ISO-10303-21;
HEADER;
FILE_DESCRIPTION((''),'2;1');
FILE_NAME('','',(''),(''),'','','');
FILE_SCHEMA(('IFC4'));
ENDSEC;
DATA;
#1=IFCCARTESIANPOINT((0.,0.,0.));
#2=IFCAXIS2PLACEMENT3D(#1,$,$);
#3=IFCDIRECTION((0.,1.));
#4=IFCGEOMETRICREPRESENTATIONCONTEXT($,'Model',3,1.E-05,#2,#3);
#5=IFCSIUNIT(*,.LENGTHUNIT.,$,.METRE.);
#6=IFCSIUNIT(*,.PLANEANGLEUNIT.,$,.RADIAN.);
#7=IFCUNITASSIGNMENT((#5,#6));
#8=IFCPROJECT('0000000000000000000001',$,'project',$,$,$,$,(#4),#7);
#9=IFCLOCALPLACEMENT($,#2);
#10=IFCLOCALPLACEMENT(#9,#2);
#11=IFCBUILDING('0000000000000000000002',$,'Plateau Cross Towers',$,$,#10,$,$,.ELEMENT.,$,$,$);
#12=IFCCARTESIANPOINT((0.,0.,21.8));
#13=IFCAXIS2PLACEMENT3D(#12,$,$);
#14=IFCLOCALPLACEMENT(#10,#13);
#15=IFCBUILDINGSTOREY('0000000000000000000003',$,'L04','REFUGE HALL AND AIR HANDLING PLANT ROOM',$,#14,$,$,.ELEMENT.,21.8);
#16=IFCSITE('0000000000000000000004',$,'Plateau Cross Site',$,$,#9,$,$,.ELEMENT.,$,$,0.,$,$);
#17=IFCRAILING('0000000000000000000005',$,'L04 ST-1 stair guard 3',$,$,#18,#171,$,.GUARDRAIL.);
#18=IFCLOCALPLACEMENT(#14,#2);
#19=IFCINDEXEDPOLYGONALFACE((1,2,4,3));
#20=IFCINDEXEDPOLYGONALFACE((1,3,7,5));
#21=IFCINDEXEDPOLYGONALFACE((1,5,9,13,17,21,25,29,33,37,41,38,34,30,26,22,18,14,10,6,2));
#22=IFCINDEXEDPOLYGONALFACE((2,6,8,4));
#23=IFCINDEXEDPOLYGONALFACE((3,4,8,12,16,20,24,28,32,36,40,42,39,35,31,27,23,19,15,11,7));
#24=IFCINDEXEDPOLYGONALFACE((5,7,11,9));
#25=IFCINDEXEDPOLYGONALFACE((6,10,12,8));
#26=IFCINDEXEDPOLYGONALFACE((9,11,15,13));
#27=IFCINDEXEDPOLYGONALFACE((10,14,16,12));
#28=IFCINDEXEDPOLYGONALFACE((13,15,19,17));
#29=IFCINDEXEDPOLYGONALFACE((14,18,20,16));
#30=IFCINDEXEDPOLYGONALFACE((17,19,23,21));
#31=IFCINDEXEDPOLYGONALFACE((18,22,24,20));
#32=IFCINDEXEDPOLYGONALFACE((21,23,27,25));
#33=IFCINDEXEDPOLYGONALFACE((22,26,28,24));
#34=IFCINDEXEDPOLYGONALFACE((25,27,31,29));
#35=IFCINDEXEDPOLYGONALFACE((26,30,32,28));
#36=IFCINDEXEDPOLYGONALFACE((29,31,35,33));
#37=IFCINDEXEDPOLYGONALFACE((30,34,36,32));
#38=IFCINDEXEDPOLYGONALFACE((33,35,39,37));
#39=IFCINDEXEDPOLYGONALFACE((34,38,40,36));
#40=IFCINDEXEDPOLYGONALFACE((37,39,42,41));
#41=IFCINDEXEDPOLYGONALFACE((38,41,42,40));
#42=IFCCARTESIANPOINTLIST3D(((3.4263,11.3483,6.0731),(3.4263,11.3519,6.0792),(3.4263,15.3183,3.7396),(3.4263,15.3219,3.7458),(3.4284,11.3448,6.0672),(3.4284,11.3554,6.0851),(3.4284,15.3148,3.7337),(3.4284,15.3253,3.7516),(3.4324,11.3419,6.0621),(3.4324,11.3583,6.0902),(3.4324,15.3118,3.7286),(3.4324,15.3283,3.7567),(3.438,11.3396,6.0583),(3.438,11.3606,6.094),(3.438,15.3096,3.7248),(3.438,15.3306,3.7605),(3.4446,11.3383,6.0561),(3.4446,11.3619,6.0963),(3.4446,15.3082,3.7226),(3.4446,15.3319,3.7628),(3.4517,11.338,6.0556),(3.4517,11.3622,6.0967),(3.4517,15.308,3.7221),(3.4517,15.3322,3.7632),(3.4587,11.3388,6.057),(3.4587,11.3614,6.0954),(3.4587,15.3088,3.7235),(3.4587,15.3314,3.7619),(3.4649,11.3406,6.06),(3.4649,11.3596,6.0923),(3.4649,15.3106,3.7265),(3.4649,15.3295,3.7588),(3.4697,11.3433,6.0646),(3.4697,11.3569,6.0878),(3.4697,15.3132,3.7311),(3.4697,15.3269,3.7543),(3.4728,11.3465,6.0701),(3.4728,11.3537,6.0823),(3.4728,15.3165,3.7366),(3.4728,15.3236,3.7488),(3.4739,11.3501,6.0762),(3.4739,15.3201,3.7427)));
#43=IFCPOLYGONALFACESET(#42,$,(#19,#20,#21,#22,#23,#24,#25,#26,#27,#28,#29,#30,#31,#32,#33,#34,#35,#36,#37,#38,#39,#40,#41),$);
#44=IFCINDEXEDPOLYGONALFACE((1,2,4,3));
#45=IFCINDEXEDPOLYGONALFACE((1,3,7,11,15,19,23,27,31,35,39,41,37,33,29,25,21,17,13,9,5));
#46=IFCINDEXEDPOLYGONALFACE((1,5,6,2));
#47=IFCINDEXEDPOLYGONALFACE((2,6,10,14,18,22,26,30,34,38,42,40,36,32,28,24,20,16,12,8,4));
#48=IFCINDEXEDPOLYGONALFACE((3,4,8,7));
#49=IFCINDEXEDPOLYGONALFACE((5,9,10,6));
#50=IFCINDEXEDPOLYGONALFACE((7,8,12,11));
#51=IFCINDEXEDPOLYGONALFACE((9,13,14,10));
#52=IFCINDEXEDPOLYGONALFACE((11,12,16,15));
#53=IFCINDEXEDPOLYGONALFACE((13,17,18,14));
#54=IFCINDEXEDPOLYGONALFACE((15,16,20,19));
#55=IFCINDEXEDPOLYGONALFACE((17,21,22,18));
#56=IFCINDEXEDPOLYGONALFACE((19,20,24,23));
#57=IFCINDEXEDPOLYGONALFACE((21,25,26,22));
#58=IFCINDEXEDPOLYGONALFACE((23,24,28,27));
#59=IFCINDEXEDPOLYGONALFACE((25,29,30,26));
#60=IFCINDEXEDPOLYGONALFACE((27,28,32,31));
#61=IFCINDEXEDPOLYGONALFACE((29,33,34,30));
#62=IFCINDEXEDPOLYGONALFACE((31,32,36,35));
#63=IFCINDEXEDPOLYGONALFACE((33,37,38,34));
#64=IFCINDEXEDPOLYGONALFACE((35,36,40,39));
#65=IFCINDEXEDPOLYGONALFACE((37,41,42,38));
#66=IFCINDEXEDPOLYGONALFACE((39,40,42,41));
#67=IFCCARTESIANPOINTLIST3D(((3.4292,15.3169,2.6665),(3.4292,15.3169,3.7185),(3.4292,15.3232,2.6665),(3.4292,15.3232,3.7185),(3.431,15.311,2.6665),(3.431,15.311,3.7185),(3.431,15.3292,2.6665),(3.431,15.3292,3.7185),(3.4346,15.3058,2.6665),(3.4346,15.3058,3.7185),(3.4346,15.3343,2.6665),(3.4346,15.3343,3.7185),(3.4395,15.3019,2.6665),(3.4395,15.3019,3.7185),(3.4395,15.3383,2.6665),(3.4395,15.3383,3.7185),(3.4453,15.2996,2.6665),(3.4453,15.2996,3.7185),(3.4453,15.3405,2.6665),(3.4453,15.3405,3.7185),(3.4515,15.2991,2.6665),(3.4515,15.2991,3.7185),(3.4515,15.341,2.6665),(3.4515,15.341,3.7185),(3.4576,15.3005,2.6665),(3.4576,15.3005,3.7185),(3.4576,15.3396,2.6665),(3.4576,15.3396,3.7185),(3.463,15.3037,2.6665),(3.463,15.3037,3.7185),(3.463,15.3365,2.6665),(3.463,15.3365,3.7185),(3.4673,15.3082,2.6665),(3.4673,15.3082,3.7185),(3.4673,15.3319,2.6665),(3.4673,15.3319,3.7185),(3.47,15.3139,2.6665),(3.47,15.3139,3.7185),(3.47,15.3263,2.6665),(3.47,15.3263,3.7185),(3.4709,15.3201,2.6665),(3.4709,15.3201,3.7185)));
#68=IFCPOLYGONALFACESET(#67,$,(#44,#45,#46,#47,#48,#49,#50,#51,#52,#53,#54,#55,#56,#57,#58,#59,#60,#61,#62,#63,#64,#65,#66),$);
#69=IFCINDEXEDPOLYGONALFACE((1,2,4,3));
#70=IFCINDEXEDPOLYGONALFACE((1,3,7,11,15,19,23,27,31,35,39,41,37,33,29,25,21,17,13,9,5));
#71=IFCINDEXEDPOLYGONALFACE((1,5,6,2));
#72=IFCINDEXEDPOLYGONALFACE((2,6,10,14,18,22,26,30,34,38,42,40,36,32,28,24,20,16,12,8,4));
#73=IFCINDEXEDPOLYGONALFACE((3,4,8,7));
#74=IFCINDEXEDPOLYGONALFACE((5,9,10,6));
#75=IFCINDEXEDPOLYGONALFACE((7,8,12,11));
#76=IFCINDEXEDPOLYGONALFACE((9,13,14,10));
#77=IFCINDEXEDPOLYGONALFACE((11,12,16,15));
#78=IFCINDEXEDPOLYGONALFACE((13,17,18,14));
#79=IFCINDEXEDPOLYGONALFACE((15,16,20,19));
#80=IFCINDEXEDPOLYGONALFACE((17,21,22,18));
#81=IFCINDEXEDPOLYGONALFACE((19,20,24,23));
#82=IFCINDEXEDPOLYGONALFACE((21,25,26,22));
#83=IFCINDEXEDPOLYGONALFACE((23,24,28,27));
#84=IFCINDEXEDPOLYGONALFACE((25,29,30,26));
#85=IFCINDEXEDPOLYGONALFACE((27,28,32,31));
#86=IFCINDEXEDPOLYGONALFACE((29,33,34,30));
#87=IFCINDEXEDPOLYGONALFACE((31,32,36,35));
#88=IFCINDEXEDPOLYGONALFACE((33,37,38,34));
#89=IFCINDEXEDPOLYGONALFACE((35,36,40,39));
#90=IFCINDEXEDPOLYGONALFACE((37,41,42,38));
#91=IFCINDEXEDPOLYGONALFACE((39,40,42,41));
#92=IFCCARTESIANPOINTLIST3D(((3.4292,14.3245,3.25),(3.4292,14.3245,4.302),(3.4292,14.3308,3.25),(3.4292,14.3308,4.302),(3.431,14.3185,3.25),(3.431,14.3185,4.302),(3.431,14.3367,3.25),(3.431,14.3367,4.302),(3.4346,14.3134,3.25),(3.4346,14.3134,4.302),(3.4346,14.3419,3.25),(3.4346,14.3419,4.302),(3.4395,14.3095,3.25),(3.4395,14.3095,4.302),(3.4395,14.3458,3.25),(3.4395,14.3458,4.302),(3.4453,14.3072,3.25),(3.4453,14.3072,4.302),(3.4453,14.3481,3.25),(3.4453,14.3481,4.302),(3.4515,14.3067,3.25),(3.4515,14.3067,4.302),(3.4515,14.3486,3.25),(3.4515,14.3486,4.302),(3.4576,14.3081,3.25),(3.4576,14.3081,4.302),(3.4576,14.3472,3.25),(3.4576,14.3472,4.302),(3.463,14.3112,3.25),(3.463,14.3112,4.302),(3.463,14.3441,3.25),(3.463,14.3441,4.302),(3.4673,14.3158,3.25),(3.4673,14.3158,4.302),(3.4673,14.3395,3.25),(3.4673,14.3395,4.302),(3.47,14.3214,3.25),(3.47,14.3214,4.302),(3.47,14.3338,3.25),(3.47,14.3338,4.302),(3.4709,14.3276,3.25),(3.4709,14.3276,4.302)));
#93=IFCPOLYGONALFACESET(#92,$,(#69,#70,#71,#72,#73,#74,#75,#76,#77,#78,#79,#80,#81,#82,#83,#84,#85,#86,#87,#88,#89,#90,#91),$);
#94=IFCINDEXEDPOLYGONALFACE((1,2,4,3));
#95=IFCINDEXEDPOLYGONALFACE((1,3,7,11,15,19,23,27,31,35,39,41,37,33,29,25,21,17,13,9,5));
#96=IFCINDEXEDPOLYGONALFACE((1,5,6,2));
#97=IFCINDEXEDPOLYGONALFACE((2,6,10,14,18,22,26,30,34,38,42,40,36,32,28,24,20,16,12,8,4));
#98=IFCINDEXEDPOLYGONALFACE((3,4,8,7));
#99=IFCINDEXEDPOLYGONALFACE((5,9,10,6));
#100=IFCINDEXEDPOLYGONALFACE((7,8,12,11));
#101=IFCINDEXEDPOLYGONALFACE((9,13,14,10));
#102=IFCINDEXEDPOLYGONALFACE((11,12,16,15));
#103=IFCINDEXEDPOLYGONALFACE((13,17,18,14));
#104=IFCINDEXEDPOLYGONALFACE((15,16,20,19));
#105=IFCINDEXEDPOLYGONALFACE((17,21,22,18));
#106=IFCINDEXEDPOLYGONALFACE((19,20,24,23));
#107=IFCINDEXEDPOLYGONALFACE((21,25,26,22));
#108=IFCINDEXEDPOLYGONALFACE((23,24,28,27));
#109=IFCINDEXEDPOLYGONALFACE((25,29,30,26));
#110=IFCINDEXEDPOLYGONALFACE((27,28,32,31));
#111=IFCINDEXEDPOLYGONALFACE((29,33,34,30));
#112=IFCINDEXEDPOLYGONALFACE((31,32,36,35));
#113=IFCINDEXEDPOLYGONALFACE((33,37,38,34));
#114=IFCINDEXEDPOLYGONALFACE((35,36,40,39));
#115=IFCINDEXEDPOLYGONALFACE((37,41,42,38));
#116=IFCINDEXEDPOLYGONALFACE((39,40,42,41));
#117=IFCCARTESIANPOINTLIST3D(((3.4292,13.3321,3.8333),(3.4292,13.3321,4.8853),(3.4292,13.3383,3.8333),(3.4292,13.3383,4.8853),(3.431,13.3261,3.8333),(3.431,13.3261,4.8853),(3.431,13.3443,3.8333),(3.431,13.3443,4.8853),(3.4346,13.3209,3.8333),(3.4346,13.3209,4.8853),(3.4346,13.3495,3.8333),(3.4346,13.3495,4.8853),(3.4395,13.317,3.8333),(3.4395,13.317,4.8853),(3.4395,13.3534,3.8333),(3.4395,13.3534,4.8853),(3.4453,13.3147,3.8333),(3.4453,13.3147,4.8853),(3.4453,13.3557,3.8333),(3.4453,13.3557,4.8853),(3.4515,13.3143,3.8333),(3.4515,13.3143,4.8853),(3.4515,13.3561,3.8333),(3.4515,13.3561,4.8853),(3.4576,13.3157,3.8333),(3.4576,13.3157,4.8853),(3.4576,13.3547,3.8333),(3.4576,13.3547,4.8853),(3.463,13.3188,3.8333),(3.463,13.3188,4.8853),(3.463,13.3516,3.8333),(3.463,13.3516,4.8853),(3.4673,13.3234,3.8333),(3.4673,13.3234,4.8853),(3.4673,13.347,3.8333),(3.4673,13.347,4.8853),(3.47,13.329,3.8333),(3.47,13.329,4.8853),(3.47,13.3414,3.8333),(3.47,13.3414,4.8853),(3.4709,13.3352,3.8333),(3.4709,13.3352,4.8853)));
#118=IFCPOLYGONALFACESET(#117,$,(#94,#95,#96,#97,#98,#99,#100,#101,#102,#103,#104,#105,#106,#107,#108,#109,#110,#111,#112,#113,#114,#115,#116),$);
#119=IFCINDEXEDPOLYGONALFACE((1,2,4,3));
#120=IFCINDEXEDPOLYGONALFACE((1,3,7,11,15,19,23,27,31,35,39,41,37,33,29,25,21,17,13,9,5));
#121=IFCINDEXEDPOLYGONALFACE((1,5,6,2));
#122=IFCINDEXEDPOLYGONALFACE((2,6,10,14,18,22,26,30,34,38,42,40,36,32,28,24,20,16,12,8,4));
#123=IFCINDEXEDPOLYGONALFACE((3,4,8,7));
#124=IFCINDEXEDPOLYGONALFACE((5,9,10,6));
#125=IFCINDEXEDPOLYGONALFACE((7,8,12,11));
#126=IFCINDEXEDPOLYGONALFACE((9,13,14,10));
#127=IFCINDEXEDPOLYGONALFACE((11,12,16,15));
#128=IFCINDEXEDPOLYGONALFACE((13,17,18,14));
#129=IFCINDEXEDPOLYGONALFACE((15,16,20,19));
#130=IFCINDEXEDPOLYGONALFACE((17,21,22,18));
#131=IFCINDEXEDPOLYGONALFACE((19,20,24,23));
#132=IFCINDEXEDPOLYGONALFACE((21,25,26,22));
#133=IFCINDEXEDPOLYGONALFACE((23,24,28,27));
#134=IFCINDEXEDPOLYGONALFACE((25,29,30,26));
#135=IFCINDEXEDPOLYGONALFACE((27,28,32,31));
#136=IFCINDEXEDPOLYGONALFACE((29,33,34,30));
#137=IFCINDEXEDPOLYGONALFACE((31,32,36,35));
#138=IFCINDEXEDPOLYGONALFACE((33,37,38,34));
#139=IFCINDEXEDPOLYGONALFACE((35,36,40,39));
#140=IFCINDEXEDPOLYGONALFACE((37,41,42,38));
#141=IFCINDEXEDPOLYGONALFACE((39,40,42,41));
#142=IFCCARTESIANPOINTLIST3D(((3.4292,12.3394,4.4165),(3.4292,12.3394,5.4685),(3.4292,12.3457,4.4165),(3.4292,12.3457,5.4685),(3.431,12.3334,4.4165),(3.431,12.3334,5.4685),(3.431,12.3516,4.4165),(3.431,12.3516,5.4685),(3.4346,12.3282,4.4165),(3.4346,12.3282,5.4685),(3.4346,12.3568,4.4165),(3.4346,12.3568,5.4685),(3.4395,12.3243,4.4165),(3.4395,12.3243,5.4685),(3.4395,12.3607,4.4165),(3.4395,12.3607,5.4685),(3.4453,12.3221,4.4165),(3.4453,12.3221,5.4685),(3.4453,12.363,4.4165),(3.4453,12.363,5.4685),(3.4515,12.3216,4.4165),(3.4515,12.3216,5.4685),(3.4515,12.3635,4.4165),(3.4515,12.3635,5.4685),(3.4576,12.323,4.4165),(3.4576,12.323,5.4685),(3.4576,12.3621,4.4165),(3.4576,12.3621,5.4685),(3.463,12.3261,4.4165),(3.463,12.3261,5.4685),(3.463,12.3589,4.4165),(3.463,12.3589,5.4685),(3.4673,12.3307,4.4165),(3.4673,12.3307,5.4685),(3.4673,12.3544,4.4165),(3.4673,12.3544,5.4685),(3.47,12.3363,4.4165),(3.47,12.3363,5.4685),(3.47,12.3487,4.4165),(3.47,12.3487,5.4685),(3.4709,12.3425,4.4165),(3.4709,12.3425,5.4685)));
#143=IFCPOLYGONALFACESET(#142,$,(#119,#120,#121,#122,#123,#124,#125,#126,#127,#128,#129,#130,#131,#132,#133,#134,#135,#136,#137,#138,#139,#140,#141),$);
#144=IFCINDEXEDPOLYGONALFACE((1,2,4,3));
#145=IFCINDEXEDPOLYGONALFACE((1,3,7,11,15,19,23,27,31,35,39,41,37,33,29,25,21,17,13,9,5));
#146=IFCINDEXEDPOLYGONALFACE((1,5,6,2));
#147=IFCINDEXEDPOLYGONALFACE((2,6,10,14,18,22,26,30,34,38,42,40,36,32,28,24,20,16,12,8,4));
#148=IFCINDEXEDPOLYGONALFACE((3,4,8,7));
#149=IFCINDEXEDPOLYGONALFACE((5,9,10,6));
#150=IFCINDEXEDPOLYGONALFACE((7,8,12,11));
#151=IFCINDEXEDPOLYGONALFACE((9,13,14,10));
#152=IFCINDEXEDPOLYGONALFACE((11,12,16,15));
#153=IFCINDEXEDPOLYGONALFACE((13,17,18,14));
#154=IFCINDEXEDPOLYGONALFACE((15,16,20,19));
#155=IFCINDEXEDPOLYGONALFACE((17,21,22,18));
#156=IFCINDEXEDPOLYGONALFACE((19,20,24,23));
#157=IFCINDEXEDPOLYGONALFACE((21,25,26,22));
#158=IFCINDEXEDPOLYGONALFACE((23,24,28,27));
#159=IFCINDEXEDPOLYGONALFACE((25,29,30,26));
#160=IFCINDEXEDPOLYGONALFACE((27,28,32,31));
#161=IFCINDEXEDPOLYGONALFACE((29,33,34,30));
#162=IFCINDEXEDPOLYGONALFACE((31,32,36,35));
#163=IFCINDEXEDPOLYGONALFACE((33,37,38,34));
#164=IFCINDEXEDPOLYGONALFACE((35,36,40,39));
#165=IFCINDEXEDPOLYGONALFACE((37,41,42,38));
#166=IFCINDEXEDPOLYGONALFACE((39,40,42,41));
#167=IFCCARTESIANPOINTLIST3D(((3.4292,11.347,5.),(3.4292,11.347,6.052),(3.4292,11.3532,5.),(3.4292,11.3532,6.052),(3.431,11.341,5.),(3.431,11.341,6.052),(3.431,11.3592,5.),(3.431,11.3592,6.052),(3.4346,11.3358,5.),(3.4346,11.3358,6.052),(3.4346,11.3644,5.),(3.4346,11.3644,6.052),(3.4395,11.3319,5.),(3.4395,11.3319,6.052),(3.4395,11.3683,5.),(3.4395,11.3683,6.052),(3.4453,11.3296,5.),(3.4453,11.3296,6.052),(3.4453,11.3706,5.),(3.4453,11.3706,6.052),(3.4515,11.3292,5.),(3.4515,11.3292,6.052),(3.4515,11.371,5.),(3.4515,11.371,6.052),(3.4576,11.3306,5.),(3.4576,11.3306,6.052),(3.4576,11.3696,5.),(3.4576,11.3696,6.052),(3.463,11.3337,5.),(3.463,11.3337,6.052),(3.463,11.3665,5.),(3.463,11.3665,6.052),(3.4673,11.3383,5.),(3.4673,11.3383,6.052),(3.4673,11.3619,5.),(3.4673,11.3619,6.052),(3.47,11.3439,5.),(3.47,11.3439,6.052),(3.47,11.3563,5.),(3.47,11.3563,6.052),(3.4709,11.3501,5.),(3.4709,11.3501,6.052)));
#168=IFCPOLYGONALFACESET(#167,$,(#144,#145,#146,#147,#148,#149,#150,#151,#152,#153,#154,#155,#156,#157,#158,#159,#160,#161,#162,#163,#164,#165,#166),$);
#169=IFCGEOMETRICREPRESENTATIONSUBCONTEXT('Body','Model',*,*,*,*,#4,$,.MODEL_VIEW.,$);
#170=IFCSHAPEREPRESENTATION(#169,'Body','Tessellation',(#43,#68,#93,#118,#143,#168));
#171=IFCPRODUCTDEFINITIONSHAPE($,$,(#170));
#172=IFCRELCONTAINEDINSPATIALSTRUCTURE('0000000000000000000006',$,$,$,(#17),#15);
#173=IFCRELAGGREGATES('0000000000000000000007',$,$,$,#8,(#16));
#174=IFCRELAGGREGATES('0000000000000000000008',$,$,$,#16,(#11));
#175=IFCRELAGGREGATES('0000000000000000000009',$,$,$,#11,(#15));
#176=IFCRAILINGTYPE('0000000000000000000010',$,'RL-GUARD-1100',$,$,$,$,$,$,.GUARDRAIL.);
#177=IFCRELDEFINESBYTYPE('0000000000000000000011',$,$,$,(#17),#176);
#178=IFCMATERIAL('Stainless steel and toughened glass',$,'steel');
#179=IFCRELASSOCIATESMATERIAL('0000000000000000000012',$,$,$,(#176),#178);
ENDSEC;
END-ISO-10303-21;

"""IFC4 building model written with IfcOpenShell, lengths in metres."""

from ifc_helpers import new_model, si_unit, direction, frame, origin, origin_2d, place, context, subcontext, project, spatial, circle, extrude, material, type_object, element, save


model = new_model("IFC4")

# Units and contexts
model_context = context("Model", 3, precision=1e-05, world=origin(), true_north=direction((0.0, 1.0)))
body_context = subcontext(model_context, "Body", "Model", "MODEL_VIEW")
ifc_project = project(units=[si_unit("LENGTHUNIT", "METRE"), si_unit("PLANEANGLEUNIT", "RADIAN")], contexts=[model_context])

# Site, building, storey
site_placement = place(None, origin())
site = spatial("IfcSite", under=ifc_project, at=site_placement, Name="Plateau Cross Site", CompositionType="ELEMENT", RefElevation=0.0)
building_placement = place(site_placement, origin())
building = spatial("IfcBuilding", under=site, at=building_placement, Name="Plateau Cross Towers", CompositionType="ELEMENT")
storey_placement = place(building_placement, frame((0.0, 0.0, 21.8)))
storey = spatial("IfcBuildingStorey", under=building, at=storey_placement, Name="L04", Description="REFUGE HALL AND AIR HANDLING PLANT ROOM", CompositionType="ELEMENT", Elevation=21.8)

# Railing
ifc_material_1 = material(Name="Stainless steel and toughened glass", Category="steel")
railing_type_1 = type_object("IfcRailingType", Name="RL-GUARD-1100", PredefinedType="GUARDRAIL", material=ifc_material_1)
railing_1_placement = place(storey_placement, frame((3.45, 15.3201, 2.6665)))
element("IfcRailing", 1, at=railing_1_placement, inside=storey, type_object=railing_type_1, Name="L04 ST-1 stair guard 3", PredefinedType="GUARDRAIL", context=body_context, shape_type="SweptSolid", body=[
    extrude(circle(Radius=0.0239, at=origin_2d()), frame((0.0, 0.0, 1.0762), z_axis=(0.0, -0.862103, 0.506733), x_axis=(1.0, 0.0, 0.0)), (0.0, 0.0, 1.0), 4.605),
    extrude(circle(Radius=0.021, at=origin_2d()), origin(), (0.0, 0.0, 1.0), 1.052),
    extrude(circle(Radius=0.021, at=origin_2d()), frame((0.0, -0.9924, 0.5835)), (0.0, 0.0, 1.0), 1.052),
    extrude(circle(Radius=0.021, at=origin_2d()), frame((0.0, -1.9849, 1.1667)), (0.0, 0.0, 1.0), 1.052),
    extrude(circle(Radius=0.021, at=origin_2d()), frame((0.0, -2.9775, 1.75)), (0.0, 0.0, 1.0), 1.052),
    extrude(circle(Radius=0.021, at=origin_2d()), frame((0.0, -3.97, 2.3335)), (0.0, 0.0, 1.0), 1.052),
])

save(model, "model.ifc")
